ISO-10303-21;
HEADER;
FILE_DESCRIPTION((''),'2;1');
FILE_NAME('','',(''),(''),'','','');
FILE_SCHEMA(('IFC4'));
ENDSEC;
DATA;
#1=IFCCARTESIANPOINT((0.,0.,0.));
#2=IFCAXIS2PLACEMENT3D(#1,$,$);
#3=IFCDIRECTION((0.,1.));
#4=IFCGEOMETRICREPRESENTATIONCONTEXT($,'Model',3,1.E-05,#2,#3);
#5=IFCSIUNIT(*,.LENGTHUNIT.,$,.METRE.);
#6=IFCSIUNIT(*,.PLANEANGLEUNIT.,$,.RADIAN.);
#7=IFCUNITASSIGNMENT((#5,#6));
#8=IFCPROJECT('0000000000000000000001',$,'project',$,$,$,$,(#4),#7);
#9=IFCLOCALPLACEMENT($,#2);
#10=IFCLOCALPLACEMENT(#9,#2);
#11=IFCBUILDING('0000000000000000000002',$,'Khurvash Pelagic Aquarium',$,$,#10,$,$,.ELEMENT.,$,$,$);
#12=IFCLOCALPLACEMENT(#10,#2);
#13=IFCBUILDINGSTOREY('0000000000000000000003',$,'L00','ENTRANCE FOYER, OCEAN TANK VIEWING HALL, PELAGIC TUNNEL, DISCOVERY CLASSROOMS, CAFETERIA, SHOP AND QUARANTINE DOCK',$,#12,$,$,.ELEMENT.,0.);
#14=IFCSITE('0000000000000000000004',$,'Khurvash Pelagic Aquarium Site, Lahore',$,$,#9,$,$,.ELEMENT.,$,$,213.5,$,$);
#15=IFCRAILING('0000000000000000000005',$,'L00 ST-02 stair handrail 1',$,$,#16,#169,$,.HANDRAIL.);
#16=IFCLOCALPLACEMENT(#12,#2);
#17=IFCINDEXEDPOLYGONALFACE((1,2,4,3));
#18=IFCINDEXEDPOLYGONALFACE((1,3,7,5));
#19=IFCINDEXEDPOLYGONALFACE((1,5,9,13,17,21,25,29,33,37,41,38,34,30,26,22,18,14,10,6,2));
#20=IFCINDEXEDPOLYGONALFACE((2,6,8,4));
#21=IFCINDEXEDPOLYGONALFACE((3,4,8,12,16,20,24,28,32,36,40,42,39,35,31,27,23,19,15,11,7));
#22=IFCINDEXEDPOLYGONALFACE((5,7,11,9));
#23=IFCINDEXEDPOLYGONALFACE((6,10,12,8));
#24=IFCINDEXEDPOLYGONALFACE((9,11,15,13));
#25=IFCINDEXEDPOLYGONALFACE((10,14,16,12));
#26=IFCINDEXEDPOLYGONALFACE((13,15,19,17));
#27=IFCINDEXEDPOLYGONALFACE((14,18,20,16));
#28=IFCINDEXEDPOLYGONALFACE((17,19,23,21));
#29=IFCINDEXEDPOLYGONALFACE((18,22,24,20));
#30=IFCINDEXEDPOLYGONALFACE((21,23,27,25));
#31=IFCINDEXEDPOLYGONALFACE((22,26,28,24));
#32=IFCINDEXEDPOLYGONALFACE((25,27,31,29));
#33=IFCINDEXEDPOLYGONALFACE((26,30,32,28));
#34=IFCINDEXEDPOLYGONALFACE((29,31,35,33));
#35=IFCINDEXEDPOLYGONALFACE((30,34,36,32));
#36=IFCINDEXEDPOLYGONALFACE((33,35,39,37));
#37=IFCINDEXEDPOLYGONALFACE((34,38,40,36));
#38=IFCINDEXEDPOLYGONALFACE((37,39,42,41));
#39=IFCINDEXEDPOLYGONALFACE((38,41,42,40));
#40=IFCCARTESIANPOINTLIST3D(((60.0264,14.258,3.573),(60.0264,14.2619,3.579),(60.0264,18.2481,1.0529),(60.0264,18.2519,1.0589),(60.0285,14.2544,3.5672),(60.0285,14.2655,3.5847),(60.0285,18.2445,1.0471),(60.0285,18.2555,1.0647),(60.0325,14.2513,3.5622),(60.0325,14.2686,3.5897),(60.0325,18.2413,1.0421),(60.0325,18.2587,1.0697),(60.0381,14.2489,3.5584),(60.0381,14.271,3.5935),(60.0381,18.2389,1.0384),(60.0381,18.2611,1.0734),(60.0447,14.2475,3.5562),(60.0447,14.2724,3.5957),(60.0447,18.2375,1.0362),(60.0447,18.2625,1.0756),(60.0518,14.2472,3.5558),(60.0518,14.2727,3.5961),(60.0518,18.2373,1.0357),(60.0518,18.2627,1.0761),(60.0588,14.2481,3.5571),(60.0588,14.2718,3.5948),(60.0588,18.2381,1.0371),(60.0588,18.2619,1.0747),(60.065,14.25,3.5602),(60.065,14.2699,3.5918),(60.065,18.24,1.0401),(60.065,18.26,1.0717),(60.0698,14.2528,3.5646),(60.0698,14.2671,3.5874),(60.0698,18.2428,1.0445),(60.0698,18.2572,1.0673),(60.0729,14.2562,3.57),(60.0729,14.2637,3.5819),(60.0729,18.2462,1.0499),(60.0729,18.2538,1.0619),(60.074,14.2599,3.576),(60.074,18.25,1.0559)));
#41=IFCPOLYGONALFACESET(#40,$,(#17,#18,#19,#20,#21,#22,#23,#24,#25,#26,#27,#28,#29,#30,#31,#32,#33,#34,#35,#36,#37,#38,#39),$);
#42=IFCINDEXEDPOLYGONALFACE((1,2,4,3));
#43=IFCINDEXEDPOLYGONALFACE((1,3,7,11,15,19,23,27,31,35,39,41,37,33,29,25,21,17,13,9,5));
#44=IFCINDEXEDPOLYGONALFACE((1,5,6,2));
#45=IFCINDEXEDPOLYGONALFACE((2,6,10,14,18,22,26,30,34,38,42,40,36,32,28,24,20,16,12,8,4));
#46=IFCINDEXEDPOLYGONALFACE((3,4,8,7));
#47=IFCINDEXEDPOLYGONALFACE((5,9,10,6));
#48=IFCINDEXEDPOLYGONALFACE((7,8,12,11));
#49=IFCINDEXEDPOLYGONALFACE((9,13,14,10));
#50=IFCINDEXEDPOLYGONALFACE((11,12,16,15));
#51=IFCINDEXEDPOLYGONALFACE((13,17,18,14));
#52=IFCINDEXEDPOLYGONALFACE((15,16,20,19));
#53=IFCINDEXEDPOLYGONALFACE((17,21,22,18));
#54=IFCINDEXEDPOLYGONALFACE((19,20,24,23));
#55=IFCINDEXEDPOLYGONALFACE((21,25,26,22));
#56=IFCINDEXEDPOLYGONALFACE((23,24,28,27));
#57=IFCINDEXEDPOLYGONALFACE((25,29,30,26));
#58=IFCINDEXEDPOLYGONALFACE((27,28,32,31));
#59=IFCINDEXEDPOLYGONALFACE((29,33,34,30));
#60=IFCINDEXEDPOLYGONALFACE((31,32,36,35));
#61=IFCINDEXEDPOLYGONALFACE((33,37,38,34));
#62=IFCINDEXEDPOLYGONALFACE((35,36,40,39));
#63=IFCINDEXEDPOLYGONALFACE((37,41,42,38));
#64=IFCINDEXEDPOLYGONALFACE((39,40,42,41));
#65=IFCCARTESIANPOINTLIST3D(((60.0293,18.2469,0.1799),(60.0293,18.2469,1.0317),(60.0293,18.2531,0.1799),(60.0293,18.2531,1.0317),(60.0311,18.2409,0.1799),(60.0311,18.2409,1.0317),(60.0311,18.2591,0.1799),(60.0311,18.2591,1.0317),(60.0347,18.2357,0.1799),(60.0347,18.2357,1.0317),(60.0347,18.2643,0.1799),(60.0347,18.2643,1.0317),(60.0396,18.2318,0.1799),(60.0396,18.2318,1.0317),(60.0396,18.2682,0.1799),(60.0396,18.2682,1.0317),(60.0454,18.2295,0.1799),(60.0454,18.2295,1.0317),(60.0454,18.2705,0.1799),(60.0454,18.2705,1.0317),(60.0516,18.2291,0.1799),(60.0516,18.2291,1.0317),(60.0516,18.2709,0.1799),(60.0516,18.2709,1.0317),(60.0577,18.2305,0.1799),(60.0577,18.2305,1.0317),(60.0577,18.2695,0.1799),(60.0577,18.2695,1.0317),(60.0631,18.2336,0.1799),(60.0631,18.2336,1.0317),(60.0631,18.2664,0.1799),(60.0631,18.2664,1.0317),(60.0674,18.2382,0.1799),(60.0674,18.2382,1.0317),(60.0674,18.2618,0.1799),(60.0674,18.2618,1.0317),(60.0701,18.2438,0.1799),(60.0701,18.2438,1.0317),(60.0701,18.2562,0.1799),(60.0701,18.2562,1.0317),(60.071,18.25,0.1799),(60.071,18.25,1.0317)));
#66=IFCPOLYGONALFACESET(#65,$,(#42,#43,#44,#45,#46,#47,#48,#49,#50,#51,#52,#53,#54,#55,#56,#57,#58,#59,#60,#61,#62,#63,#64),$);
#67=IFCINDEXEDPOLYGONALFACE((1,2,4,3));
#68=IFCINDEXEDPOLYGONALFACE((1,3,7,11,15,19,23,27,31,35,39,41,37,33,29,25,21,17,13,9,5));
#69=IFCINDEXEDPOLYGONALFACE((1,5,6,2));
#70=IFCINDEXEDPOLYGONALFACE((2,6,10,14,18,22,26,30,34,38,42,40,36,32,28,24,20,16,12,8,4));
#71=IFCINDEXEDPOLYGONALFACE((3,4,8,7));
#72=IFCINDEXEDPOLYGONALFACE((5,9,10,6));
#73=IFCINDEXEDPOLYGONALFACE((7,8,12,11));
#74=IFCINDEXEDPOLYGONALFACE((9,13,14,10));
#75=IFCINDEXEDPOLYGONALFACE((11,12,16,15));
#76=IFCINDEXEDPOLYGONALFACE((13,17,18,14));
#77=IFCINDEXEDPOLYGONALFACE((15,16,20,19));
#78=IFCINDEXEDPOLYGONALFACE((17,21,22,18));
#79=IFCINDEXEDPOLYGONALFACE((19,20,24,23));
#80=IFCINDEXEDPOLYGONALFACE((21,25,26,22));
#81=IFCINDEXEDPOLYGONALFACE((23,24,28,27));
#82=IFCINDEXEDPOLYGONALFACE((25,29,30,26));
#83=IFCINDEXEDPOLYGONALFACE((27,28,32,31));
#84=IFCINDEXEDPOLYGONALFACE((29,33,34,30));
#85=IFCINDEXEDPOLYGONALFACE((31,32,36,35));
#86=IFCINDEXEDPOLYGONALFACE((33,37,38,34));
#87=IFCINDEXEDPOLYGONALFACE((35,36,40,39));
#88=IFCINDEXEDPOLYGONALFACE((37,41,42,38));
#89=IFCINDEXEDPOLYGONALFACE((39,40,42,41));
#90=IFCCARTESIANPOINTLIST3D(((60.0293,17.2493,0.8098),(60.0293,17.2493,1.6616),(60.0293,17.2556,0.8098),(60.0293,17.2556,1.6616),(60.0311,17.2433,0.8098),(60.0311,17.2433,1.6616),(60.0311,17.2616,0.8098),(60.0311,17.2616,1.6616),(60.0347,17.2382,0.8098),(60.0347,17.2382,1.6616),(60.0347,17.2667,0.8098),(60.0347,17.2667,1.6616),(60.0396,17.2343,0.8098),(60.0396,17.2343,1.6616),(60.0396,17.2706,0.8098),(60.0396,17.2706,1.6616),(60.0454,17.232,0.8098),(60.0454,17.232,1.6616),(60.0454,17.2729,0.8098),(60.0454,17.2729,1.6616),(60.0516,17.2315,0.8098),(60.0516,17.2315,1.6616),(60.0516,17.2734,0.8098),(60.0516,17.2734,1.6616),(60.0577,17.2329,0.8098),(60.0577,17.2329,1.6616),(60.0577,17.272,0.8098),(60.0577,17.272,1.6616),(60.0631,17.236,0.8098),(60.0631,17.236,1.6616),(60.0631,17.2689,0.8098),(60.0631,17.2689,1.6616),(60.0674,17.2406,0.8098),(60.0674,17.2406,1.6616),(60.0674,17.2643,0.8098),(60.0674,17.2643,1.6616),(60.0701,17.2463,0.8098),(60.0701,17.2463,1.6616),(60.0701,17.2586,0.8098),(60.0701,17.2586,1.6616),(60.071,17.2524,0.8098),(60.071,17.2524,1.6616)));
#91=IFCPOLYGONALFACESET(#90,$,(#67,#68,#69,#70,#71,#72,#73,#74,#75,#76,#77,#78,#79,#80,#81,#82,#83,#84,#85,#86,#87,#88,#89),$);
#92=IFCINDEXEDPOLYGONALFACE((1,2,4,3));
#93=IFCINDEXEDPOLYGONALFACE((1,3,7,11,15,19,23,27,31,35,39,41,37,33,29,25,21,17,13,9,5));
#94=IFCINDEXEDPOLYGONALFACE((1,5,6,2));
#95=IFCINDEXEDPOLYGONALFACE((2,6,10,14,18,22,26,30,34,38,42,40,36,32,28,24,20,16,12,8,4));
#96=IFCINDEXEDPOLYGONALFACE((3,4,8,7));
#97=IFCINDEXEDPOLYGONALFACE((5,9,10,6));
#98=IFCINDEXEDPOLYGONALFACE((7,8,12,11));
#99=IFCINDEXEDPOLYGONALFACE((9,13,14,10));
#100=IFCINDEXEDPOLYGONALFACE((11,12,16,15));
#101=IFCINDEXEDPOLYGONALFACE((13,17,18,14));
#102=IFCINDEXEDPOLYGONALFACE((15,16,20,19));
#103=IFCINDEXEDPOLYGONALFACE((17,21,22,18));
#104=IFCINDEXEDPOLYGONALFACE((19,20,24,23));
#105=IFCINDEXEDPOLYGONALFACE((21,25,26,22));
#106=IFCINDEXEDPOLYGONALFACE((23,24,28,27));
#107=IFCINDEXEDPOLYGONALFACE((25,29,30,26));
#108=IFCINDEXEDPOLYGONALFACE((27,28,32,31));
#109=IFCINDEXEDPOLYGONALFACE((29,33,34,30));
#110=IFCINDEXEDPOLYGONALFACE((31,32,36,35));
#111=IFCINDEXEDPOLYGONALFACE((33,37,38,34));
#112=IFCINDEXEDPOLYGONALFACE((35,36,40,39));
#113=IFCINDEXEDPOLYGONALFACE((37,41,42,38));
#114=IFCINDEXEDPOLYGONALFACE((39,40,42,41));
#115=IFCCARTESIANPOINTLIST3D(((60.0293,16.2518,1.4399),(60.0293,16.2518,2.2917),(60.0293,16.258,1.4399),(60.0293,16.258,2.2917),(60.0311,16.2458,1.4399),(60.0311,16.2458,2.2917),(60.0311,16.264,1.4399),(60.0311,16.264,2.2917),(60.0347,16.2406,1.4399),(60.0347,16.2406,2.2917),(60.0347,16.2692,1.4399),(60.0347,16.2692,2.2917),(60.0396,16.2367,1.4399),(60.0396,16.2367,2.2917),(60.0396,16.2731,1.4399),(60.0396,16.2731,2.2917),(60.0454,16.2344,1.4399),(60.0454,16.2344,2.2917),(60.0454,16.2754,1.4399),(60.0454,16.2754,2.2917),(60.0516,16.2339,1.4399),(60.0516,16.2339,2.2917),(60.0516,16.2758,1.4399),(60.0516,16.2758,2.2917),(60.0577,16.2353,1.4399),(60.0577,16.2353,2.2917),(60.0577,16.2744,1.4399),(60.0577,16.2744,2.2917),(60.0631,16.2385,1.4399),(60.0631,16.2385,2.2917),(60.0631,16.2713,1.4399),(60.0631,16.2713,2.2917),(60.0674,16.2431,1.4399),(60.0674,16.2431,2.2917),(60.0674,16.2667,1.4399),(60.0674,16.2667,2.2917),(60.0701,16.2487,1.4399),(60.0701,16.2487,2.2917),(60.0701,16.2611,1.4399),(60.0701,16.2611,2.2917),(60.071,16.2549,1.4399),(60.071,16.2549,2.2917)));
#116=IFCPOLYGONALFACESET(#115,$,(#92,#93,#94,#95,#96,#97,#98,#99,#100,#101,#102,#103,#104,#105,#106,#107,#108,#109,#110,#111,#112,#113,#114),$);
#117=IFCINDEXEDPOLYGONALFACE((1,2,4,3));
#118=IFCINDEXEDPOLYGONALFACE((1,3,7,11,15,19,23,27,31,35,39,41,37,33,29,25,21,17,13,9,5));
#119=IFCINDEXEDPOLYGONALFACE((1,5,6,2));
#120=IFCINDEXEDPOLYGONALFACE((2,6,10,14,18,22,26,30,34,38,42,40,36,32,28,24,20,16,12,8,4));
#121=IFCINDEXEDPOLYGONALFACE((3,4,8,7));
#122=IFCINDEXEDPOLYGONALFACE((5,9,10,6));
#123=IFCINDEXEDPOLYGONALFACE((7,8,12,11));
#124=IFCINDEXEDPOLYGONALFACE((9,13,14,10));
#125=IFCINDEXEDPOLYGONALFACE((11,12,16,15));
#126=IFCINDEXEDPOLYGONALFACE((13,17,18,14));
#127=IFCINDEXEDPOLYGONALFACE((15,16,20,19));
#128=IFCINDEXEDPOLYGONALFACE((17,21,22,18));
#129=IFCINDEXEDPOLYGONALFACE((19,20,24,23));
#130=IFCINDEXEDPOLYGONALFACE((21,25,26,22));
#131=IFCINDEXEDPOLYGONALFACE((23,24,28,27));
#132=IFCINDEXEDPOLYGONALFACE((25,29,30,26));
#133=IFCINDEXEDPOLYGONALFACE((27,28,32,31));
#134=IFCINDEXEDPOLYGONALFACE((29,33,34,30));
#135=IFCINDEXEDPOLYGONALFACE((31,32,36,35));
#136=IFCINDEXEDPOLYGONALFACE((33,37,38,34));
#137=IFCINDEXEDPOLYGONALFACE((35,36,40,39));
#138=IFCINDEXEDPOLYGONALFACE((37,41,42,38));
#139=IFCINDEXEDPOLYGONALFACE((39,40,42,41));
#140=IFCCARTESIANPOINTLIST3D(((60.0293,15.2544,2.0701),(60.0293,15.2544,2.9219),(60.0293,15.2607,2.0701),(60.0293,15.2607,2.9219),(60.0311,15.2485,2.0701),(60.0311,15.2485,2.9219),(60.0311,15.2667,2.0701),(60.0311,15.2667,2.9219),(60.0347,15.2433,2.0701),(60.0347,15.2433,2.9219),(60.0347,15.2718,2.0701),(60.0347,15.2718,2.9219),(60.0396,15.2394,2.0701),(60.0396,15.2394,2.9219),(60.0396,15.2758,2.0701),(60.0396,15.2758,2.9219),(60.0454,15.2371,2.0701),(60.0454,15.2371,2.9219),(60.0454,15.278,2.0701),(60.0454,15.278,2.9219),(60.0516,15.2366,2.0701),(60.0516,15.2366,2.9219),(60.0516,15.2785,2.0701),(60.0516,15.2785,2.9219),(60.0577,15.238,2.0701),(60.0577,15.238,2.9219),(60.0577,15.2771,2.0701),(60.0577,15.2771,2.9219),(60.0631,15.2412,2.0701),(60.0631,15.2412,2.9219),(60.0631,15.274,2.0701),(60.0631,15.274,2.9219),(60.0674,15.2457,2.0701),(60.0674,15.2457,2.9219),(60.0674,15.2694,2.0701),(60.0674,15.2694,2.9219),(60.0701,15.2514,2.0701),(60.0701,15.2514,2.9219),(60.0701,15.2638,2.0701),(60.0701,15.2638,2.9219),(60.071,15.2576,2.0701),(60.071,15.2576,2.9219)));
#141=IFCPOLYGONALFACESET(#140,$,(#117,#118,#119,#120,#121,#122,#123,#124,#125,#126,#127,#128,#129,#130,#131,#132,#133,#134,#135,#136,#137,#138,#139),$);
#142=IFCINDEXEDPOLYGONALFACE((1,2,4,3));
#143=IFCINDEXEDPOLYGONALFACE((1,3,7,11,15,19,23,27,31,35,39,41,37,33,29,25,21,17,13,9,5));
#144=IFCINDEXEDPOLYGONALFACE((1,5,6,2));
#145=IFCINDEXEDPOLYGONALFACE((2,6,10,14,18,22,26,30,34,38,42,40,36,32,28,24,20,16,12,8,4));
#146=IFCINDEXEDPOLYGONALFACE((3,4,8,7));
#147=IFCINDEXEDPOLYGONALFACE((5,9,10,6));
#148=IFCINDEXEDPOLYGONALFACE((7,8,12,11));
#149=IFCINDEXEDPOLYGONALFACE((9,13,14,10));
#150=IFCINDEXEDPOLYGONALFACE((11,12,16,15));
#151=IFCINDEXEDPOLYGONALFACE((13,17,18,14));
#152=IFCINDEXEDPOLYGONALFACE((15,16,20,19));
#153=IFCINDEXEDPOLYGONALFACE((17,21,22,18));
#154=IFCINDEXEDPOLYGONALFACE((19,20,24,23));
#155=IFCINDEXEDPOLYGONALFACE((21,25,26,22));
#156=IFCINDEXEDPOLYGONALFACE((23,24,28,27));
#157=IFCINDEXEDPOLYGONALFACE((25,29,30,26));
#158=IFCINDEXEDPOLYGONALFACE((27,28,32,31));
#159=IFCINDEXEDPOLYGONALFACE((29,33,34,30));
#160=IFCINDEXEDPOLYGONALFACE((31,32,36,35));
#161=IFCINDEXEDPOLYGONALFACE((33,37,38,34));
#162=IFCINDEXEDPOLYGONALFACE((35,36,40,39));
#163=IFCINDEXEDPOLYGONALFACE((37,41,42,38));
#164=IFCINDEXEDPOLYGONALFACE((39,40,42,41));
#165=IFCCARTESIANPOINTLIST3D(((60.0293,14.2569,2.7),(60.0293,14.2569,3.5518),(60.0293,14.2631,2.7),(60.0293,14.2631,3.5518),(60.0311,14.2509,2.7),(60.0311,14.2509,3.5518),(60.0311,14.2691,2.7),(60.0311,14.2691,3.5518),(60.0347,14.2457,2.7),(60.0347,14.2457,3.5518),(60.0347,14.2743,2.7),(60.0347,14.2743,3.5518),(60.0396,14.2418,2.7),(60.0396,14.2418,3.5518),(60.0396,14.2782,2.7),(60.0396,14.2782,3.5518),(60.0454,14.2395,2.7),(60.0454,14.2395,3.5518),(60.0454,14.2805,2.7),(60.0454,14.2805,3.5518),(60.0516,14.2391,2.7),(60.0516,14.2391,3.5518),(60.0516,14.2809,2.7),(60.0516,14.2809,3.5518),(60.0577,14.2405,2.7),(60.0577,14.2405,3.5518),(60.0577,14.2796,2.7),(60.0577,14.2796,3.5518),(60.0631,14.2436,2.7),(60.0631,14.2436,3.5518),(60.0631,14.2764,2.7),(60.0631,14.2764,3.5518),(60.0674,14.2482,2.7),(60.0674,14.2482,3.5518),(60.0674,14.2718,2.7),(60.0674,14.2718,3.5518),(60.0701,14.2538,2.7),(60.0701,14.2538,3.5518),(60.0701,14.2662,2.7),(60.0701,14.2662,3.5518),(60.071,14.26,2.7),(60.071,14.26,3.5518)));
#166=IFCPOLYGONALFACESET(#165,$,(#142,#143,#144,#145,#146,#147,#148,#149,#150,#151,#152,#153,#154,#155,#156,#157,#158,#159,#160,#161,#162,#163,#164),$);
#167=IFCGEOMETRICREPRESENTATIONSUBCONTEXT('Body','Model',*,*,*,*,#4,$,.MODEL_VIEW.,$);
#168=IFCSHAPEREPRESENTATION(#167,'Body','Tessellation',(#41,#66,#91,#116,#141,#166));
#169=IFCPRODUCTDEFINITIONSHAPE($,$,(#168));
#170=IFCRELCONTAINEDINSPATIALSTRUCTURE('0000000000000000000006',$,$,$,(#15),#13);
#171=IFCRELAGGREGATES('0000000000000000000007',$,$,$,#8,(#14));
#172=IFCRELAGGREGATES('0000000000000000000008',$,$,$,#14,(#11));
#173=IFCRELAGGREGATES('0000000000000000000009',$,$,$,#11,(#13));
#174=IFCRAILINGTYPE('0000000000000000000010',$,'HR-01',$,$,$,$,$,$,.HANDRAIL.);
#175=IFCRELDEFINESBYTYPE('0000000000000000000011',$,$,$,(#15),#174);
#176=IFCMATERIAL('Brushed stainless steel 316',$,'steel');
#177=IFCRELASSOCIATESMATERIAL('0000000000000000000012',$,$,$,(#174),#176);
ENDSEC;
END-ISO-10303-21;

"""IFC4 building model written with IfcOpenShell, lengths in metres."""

from ifc_helpers import new_model, si_unit, direction, frame, origin, origin_2d, place, context, subcontext, project, spatial, circle, extrude, material, type_object, element, save


model = new_model("IFC4")

# Units and contexts
model_context = context("Model", 3, precision=1e-05, world=origin(), true_north=direction((0.0, 1.0)))
body_context = subcontext(model_context, "Body", "Model", "MODEL_VIEW")
ifc_project = project(units=[si_unit("LENGTHUNIT", "METRE"), si_unit("PLANEANGLEUNIT", "RADIAN")], contexts=[model_context])

# Site, building, storey
site_placement = place(None, origin())
site = spatial("IfcSite", under=ifc_project, at=site_placement, Name="Khurvash Pelagic Aquarium Site, Lahore", CompositionType="ELEMENT", RefElevation=213.5)
building_placement = place(site_placement, origin())
building = spatial("IfcBuilding", under=site, at=building_placement, Name="Khurvash Pelagic Aquarium", CompositionType="ELEMENT")
storey_placement = place(building_placement, origin())
storey = spatial("IfcBuildingStorey", under=building, at=storey_placement, Name="L00", Description="ENTRANCE FOYER, OCEAN TANK VIEWING HALL, PELAGIC TUNNEL, DISCOVERY CLASSROOMS, CAFETERIA, SHOP AND QUARANTINE DOCK", CompositionType="ELEMENT", Elevation=0.0)

# Railing
ifc_material_1 = material(Name="Brushed stainless steel 316", Category="steel")
railing_type_1 = type_object("IfcRailingType", Name="HR-01", PredefinedType="HANDRAIL", material=ifc_material_1)
railing_1_placement = place(storey_placement, frame((60.05, 18.25, 0.1799)))
element("IfcRailing", 1, at=railing_1_placement, inside=storey, type_object=railing_type_1, Name="L00 ST-02 stair handrail 1", PredefinedType="HANDRAIL", context=body_context, shape_type="SweptSolid", body=[
    extrude(circle(Radius=0.0239, at=origin_2d()), frame((0.0, 0.0, 0.876), z_axis=(0.0, -0.845486, 0.533997), x_axis=(1.0, 0.0, 0.0)), (0.0, 0.0, 1.0), 4.7192),
    extrude(circle(Radius=0.021, at=origin_2d()), origin(), (0.0, 0.0, 1.0), 0.8518),
    extrude(circle(Radius=0.021, at=origin_2d()), frame((0.0, -0.9976, 0.6299)), (0.0, 0.0, 1.0), 0.8518),
    extrude(circle(Radius=0.021, at=origin_2d()), frame((0.0, -1.9951, 1.26)), (0.0, 0.0, 1.0), 0.8518),
    extrude(circle(Radius=0.021, at=origin_2d()), frame((0.0, -2.9924, 1.8901)), (0.0, 0.0, 1.0), 0.8518),
    extrude(circle(Radius=0.021, at=origin_2d()), frame((0.0, -3.99, 2.52)), (0.0, 0.0, 1.0), 0.8518),
])

save(model, "model.ifc")
